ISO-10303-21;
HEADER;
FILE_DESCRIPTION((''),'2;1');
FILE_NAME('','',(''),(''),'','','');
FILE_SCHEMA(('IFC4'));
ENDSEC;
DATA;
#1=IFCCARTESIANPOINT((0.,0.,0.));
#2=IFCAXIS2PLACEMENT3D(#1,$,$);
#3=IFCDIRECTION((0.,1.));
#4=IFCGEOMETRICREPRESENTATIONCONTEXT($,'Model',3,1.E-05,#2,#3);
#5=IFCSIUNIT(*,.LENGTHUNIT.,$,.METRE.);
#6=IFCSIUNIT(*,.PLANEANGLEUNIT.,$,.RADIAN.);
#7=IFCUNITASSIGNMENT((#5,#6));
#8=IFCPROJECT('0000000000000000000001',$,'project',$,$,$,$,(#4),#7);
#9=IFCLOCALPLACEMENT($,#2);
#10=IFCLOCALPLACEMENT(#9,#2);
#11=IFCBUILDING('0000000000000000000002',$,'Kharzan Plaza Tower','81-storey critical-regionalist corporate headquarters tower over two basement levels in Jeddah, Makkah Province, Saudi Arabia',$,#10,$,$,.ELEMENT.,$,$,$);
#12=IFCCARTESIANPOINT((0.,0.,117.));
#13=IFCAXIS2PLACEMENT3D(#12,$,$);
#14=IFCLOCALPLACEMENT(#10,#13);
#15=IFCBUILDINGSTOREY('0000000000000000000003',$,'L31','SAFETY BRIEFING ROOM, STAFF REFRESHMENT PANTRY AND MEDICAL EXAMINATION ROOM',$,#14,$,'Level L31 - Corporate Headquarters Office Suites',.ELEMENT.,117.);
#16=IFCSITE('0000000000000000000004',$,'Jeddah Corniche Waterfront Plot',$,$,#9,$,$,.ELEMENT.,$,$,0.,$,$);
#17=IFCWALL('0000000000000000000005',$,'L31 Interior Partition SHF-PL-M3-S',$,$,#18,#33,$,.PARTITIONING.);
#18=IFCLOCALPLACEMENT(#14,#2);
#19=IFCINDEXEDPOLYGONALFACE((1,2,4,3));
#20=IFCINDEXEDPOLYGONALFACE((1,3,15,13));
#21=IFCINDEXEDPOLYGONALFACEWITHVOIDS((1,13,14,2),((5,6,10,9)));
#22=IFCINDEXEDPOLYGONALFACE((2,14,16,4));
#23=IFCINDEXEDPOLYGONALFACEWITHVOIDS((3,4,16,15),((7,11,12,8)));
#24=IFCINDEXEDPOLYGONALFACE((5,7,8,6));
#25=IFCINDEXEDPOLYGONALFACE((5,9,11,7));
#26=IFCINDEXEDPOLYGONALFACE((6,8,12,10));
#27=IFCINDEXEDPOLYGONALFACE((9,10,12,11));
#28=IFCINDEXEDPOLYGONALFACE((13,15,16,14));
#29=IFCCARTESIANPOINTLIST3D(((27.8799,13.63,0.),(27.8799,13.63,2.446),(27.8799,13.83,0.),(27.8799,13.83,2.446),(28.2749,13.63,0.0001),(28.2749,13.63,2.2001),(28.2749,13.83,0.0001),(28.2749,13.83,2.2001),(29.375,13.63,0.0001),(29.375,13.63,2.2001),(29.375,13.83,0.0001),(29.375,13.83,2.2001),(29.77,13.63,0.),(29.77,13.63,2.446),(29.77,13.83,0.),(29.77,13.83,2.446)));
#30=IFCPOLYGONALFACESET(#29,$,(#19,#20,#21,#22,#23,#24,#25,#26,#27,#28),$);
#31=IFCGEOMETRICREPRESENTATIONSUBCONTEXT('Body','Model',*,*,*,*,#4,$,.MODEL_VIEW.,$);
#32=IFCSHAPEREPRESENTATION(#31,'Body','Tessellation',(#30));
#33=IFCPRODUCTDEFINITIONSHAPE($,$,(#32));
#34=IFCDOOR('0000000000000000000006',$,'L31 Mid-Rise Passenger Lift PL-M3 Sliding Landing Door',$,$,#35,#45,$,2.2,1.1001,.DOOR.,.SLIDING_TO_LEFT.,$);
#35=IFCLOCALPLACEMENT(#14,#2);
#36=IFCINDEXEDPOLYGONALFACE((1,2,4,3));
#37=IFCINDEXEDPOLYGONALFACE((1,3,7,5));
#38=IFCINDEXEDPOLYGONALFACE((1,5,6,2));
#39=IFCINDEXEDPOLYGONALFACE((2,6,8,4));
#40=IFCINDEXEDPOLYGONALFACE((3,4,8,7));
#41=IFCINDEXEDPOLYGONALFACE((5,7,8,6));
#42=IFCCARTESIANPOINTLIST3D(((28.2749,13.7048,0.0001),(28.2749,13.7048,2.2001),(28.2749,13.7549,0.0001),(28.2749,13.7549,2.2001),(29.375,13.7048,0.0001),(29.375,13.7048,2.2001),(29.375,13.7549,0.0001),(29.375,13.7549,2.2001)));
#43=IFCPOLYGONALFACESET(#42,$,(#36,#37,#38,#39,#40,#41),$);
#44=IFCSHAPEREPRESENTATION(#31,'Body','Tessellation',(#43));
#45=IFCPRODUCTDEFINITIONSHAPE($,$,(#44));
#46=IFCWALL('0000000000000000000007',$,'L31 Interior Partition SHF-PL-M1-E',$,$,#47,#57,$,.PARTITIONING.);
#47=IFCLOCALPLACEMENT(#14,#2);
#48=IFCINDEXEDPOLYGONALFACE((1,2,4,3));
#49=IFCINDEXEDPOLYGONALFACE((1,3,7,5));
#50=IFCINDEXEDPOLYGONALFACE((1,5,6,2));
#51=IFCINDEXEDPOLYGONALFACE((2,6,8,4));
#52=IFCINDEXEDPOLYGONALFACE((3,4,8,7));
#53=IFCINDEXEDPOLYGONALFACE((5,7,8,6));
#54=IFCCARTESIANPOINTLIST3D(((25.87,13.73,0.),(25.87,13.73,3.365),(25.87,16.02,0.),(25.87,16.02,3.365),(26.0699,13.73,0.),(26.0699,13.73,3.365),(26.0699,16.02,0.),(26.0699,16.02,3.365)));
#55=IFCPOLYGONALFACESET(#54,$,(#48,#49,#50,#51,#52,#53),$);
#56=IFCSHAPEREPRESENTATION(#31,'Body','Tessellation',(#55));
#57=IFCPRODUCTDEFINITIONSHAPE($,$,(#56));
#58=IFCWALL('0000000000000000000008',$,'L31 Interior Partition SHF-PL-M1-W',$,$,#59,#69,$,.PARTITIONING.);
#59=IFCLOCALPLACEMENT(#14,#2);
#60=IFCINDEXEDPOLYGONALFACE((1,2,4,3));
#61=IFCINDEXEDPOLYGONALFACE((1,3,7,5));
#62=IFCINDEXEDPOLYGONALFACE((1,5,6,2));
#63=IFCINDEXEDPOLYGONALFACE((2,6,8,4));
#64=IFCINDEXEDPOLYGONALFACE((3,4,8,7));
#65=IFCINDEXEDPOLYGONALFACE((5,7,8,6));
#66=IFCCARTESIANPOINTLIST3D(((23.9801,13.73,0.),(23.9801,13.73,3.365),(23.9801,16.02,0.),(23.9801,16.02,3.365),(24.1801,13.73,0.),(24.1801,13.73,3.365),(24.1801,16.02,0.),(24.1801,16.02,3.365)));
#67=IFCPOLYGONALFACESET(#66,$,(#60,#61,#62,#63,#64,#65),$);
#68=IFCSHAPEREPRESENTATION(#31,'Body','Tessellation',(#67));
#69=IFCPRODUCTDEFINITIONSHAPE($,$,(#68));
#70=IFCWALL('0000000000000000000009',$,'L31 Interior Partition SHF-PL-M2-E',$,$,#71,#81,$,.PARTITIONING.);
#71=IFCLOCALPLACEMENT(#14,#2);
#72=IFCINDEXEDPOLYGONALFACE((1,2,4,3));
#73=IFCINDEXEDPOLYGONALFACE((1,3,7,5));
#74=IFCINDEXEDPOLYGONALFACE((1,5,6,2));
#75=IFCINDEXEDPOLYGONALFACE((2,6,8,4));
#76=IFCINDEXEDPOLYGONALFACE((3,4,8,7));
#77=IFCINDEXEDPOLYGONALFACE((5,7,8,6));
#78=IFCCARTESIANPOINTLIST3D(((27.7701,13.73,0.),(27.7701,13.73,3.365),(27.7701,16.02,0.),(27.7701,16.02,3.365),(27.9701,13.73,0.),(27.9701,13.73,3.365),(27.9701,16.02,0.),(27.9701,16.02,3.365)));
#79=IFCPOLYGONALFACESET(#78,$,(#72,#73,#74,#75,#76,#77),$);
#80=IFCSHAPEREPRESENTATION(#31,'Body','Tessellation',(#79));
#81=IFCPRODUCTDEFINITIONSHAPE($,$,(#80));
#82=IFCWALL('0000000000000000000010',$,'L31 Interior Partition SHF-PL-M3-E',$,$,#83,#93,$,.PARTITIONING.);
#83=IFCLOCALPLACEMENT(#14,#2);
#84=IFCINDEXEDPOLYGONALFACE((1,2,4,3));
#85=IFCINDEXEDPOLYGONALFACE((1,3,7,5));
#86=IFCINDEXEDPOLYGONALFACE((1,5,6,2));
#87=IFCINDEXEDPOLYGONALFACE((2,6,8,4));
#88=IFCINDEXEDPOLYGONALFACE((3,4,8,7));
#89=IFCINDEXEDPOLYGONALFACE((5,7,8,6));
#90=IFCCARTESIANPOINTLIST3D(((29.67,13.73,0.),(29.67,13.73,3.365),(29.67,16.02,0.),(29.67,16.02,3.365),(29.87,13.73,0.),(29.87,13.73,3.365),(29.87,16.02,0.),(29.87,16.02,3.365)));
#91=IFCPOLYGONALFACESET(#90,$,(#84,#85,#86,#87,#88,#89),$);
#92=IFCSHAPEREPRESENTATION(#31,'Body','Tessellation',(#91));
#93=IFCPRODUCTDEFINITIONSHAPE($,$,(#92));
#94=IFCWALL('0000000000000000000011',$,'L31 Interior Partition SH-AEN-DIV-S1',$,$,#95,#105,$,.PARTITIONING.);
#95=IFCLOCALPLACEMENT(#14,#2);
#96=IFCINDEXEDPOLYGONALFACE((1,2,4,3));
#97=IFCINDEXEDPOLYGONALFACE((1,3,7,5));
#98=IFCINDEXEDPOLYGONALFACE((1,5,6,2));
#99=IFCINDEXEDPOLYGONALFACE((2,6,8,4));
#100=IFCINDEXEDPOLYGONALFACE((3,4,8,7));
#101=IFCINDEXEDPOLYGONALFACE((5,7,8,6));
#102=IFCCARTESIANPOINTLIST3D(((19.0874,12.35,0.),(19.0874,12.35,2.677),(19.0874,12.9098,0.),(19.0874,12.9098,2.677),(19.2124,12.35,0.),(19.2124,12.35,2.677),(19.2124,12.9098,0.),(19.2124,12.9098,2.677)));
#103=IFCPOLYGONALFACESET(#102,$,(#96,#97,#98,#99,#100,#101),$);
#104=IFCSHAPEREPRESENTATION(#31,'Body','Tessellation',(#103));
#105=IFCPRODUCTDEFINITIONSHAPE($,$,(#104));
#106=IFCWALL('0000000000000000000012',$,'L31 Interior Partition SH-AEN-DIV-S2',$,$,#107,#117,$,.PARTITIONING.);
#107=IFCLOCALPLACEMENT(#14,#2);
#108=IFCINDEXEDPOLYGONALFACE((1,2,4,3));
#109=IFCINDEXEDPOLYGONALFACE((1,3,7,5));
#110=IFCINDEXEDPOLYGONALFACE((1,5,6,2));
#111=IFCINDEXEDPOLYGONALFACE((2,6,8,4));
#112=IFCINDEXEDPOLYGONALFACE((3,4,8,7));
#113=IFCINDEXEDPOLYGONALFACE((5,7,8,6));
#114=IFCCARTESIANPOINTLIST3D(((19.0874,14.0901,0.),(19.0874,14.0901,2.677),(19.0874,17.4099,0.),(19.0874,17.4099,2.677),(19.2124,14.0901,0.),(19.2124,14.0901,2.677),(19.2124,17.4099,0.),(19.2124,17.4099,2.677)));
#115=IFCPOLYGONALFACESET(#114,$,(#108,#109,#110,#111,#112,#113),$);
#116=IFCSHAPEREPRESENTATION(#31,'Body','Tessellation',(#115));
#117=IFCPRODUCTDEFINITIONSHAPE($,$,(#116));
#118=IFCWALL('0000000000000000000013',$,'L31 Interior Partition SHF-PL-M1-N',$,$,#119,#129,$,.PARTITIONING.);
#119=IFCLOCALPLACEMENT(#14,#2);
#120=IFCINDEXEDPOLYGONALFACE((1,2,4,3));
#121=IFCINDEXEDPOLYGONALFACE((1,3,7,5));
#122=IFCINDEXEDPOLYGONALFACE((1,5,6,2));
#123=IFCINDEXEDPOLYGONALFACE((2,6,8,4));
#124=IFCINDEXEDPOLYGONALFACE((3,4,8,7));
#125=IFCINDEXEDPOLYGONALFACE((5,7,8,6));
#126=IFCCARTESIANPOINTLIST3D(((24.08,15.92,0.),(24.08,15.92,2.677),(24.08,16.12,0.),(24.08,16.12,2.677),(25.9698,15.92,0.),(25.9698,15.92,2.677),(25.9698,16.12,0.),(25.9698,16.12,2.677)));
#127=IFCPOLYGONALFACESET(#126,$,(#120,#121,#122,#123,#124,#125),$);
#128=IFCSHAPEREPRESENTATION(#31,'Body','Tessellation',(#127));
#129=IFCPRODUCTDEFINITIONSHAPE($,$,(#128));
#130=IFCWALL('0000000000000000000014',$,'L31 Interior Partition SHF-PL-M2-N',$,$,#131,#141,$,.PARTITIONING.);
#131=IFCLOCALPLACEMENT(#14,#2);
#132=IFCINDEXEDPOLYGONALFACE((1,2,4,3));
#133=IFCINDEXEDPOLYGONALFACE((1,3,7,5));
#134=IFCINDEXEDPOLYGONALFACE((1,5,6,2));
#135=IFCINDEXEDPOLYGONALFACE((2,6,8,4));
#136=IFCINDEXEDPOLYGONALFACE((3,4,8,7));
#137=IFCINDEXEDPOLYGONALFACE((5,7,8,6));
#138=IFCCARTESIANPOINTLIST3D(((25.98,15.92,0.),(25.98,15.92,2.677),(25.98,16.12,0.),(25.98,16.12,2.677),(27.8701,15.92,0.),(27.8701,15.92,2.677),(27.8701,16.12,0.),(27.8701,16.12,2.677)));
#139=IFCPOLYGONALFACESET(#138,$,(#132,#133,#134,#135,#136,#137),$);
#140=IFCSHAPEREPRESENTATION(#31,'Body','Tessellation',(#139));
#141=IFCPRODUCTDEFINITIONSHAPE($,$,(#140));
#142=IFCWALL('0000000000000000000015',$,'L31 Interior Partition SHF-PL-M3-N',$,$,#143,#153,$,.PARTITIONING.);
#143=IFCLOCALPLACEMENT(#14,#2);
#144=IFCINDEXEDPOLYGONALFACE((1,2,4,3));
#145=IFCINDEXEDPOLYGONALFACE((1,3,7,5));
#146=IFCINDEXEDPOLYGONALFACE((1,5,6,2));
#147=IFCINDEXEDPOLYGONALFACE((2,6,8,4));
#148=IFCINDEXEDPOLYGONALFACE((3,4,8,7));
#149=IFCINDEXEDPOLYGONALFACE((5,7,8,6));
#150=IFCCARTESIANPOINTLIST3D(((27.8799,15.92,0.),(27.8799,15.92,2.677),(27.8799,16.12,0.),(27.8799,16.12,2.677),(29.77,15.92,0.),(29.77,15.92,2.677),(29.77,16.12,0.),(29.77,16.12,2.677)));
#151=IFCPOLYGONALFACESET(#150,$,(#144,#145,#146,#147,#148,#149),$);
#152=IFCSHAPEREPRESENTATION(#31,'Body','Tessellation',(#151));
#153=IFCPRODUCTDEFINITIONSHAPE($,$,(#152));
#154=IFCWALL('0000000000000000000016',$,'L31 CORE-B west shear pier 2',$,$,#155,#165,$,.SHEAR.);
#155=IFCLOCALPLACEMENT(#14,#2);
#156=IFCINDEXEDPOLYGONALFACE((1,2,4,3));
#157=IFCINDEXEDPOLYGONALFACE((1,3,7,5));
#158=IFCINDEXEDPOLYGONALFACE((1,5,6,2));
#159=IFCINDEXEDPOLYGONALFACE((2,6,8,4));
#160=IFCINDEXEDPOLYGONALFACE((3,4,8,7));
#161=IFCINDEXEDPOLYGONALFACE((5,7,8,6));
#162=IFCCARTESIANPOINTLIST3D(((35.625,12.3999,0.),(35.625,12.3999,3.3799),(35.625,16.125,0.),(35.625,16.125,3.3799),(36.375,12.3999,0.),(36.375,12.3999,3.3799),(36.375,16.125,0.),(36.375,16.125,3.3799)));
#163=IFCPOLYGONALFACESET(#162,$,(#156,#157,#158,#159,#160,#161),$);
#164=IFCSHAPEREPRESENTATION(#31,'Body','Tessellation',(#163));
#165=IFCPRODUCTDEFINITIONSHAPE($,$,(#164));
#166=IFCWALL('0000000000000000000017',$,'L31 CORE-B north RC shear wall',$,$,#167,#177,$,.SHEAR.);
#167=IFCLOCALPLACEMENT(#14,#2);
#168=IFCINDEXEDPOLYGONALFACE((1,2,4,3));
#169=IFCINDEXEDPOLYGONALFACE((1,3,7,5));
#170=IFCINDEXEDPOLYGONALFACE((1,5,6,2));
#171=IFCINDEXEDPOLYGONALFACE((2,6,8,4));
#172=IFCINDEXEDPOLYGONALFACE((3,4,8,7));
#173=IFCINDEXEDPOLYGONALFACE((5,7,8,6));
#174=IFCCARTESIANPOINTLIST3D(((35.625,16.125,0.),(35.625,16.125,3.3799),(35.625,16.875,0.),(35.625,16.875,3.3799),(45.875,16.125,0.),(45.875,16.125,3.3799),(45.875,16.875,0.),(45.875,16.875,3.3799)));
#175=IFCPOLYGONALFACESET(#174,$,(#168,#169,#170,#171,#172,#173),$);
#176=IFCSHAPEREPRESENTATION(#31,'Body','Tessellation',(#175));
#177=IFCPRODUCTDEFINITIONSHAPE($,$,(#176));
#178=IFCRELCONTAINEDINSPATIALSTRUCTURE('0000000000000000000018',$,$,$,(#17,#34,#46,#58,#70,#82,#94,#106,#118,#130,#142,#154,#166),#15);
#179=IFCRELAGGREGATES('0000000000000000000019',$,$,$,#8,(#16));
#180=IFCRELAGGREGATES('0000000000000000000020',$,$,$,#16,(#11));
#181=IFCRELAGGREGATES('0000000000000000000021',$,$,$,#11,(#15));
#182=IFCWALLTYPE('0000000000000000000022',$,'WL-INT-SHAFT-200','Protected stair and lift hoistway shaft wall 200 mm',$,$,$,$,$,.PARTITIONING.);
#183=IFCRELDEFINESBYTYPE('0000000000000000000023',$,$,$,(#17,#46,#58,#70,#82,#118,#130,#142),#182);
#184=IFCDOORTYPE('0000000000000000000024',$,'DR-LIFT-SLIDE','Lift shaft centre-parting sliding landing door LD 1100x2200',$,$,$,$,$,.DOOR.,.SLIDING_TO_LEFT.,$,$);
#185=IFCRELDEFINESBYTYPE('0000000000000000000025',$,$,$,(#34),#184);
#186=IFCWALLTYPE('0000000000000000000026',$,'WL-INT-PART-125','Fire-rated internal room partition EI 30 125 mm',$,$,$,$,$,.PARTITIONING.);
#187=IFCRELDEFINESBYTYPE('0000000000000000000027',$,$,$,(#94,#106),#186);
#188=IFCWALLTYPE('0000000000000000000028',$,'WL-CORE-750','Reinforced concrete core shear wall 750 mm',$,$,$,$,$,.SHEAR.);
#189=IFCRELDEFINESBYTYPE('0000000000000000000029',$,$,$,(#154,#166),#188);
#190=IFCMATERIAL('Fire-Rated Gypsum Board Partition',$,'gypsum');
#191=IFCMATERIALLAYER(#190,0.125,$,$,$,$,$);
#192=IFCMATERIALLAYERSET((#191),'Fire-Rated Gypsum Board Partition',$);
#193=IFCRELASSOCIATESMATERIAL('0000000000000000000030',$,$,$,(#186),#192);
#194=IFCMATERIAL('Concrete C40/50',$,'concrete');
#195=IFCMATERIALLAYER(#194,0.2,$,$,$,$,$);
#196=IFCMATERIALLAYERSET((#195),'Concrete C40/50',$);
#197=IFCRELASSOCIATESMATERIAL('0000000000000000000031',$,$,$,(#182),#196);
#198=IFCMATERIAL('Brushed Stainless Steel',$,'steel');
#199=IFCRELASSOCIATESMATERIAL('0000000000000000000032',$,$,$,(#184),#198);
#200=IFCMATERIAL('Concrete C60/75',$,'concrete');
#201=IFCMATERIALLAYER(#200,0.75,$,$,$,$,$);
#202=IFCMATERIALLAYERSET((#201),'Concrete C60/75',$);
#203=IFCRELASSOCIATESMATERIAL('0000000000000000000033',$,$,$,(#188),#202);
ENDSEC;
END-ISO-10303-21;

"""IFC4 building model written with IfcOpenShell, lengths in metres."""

from ifc_helpers import new_model, si_unit, direction, frame, frame_2d, origin, place, context, subcontext, project, spatial, rectangle, extrude, source, transform, mapped, material, layer, layer_set, type_object, element, fill, save


model = new_model("IFC4")

# Units and contexts
model_context = context("Model", 3, precision=1e-05, world=origin(), true_north=direction((0.0, 1.0)))
body_context = subcontext(model_context, "Body", "Model", "MODEL_VIEW")
ifc_project = project(units=[si_unit("LENGTHUNIT", "METRE"), si_unit("PLANEANGLEUNIT", "RADIAN")], contexts=[model_context])

# Site, building, storey
site_placement = place(None, origin())
site = spatial("IfcSite", under=ifc_project, at=site_placement, Name="Jeddah Corniche Waterfront Plot", CompositionType="ELEMENT", RefElevation=0.0)
building_placement = place(site_placement, origin())
building = spatial("IfcBuilding", under=site, at=building_placement, Name="Kharzan Plaza Tower", Description="81-storey critical-regionalist corporate headquarters tower over two basement levels in Jeddah, Makkah Province, Saudi Arabia", CompositionType="ELEMENT")
storey_placement = place(building_placement, frame((0.0, 0.0, 117.0)))
storey = spatial("IfcBuildingStorey", under=building, at=storey_placement, Name="L31", Description="SAFETY BRIEFING ROOM, STAFF REFRESHMENT PANTRY AND MEDICAL EXAMINATION ROOM", LongName="Level L31 - Corporate Headquarters Office Suites", CompositionType="ELEMENT", Elevation=117.0)

# Shared definitions
ifc_material_1 = material(Name="Concrete C60/75", Category="concrete")

# Wall, opening, door
ifc_material_2 = material(Name="Fire-Rated Gypsum Board Partition", Category="gypsum")
ifc_layer_1 = layer(ifc_material_2, 0.125)
ifc_layer_set_1 = layer_set([ifc_layer_1], Name="Fire-Rated Gypsum Board Partition")
wall_type_1 = type_object("IfcWallType", Name="WL-INT-PART-125", Description="Fire-rated internal room partition EI 30 125 mm", PredefinedType="PARTITIONING", material=ifc_layer_set_1)
ifc_material_3 = material(Name="Concrete C40/50", Category="concrete")
ifc_layer_2 = layer(ifc_material_3, 0.2)
ifc_layer_set_2 = layer_set([ifc_layer_2], Name="Concrete C40/50")
wall_type_2 = type_object("IfcWallType", Name="WL-INT-SHAFT-200", Description="Protected stair and lift hoistway shaft wall 200 mm", PredefinedType="PARTITIONING", material=ifc_layer_set_2)
ifc_material_4 = material(Name="Brushed Stainless Steel", Category="steel")
door_type_1 = type_object("IfcDoorType", Name="DR-LIFT-SLIDE", Description="Lift shaft centre-parting sliding landing door LD 1100x2200", OperationType="SLIDING_TO_LEFT", PredefinedType="DOOR", material=ifc_material_4)
shared_shape_1 = source(origin(), body_context, "Body", "SweptSolid", [
    extrude(rectangle(XDim=1.1001, YDim=2.2, at=frame_2d((0.55, 1.1001))), frame((0.0, 0.0249, 0.0), z_axis=(0.0, -1.0, 0.0), x_axis=(1.0, 0.0, 0.0)), (0.0, 0.0, 1.0), 0.05),
])
wall_1_placement = place(storey_placement, frame((27.8799, 13.73, 0.0), z_axis=(0.0, 0.0, 1.0), x_axis=(1.0, 0.0, 0.0)))
wall_1 = element("IfcWall", 1, at=wall_1_placement, inside=storey, type_object=wall_type_2, Name="L31 Interior Partition SHF-PL-M3-S", PredefinedType="PARTITIONING", context=body_context, shape_type="SweptSolid", body=[
    extrude(rectangle(XDim=1.8901, YDim=0.2, at=frame_2d((0.9451, 0.0))), origin(), (0.0, 0.0, 1.0), 2.446),
])
opening_1_placement = place(wall_1_placement, frame((0.395, 0.0, 0.0)))
opening_1 = element("IfcOpeningElement", 2, at=opening_1_placement, cuts=wall_1, PredefinedType="OPENING", context=body_context, shape_type="SweptSolid", body=[
    extrude(rectangle(XDim=1.1001, YDim=2.2, at=frame_2d((0.55, 1.1001))), frame((0.0, 0.1099, 0.0), z_axis=(0.0, -1.0, 0.0), x_axis=(1.0, 0.0, 0.0)), (0.0, 0.0, 1.0), 0.22),
])
door_1_placement = place(opening_1_placement, origin())
door_1 = element("IfcDoor", 3, at=door_1_placement, inside=storey, type_object=door_type_1, Name="L31 Mid-Rise Passenger Lift PL-M3 Sliding Landing Door", OperationType="SLIDING_TO_LEFT", OverallHeight=2.2, OverallWidth=1.1001, PredefinedType="DOOR", context=body_context, shape_type="MappedRepresentation", body=[
    mapped(shared_shape_1, transform((0.0, 0.0, 0.0), x_axis=(1.0, 0.0, 0.0), y_axis=(0.0, 1.0, 0.0), z_axis=(0.0, 0.0, 1.0))),
])
fill(opening_1, door_1)

# Walls
shared_shape_2 = source(origin(), body_context, "Body", "SweptSolid", [
    extrude(rectangle(XDim=2.29, YDim=0.2, at=frame_2d((1.145, 0.0))), origin(), (0.0, 0.0, 1.0), 3.365),
])
for number, where, z_axis, x_axis, name in (
    (4, (25.97, 13.73, 0.0), (0.0, 0.0, 1.0), (0.0, 1.0, 0.0), "L31 Interior Partition SHF-PL-M1-E"),
    (5, (24.0801, 13.73, 0.0), (0.0, 0.0, 1.0), (0.0, 1.0, 0.0), "L31 Interior Partition SHF-PL-M1-W"),
    (6, (27.8701, 13.73, 0.0), (0.0, 0.0, 1.0), (0.0, 1.0, 0.0), "L31 Interior Partition SHF-PL-M2-E"),
    (7, (29.77, 13.73, 0.0), (0.0, 0.0, 1.0), (0.0, 1.0, 0.0), "L31 Interior Partition SHF-PL-M3-E"),
):
    element("IfcWall", number, at=place(storey_placement, frame(where, z_axis=z_axis, x_axis=x_axis)), inside=storey, type_object=wall_type_2, Name=name, PredefinedType="PARTITIONING", context=body_context, shape_type="MappedRepresentation", body=[
        mapped(shared_shape_2, transform((0.0, 0.0, 0.0), x_axis=(1.0, 0.0, 0.0), y_axis=(0.0, 1.0, 0.0), z_axis=(0.0, 0.0, 1.0))),
    ])
shared_shape_3 = source(origin(), body_context, "Body", "SweptSolid", [
    extrude(rectangle(XDim=0.5598, YDim=0.125, at=frame_2d((0.2798, 0.0))), origin(), (0.0, 0.0, 1.0), 2.677),
])
wall_2_placement = place(storey_placement, frame((19.1499, 12.3501, 0.0), z_axis=(0.0, 0.0, 1.0), x_axis=(0.0, 1.0, 0.0)))
element("IfcWall", 8, at=wall_2_placement, inside=storey, type_object=wall_type_1, Name="L31 Interior Partition SH-AEN-DIV-S1", PredefinedType="PARTITIONING", context=body_context, shape_type="MappedRepresentation", body=[
    mapped(shared_shape_3, transform((0.0, 0.0, 0.0), x_axis=(1.0, 0.0, 0.0), y_axis=(0.0, 1.0, 0.0), z_axis=(0.0, 0.0, 1.0))),
])
shared_shape_4 = source(origin(), body_context, "Body", "SweptSolid", [
    extrude(rectangle(XDim=3.3198, YDim=0.125, at=frame_2d((1.6599, 0.0))), origin(), (0.0, 0.0, 1.0), 2.677),
])
wall_3_placement = place(storey_placement, frame((19.1499, 14.0901, 0.0), z_axis=(0.0, 0.0, 1.0), x_axis=(0.0, 1.0, 0.0)))
element("IfcWall", 9, at=wall_3_placement, inside=storey, type_object=wall_type_1, Name="L31 Interior Partition SH-AEN-DIV-S2", PredefinedType="PARTITIONING", context=body_context, shape_type="MappedRepresentation", body=[
    mapped(shared_shape_4, transform((0.0, 0.0, 0.0), x_axis=(1.0, 0.0, 0.0), y_axis=(0.0, 1.0, 0.0), z_axis=(0.0, 0.0, 1.0))),
])
shared_shape_5 = source(origin(), body_context, "Body", "SweptSolid", [
    extrude(rectangle(XDim=1.8899, YDim=0.2, at=frame_2d((0.9448, 0.0))), origin(), (0.0, 0.0, 1.0), 2.677),
])
wall_4_placement = place(storey_placement, frame((24.0801, 16.02, 0.0), z_axis=(0.0, 0.0, 1.0), x_axis=(1.0, 0.0, 0.0)))
element("IfcWall", 10, at=wall_4_placement, inside=storey, type_object=wall_type_2, Name="L31 Interior Partition SHF-PL-M1-N", PredefinedType="PARTITIONING", context=body_context, shape_type="MappedRepresentation", body=[
    mapped(shared_shape_5, transform((0.0, 0.0, 0.0), x_axis=(1.0, 0.0, 0.0), y_axis=(0.0, 1.0, 0.0), z_axis=(0.0, 0.0, 1.0))),
])
shared_shape_6 = source(origin(), body_context, "Body", "SweptSolid", [
    extrude(rectangle(XDim=1.8901, YDim=0.2, at=frame_2d((0.9451, 0.0))), origin(), (0.0, 0.0, 1.0), 2.677),
])
for number, where, z_axis, x_axis, name in (
    (11, (25.98, 16.02, 0.0), (0.0, 0.0, 1.0), (1.0, 0.0, 0.0), "L31 Interior Partition SHF-PL-M2-N"),
    (12, (27.8799, 16.02, 0.0), (0.0, 0.0, 1.0), (1.0, 0.0, 0.0), "L31 Interior Partition SHF-PL-M3-N"),
):
    element("IfcWall", number, at=place(storey_placement, frame(where, z_axis=z_axis, x_axis=x_axis)), inside=storey, type_object=wall_type_2, Name=name, PredefinedType="PARTITIONING", context=body_context, shape_type="MappedRepresentation", body=[
        mapped(shared_shape_6, transform((0.0, 0.0, 0.0), x_axis=(1.0, 0.0, 0.0), y_axis=(0.0, 1.0, 0.0), z_axis=(0.0, 0.0, 1.0))),
    ])
ifc_layer_3 = layer(ifc_material_1, 0.75)
ifc_layer_set_3 = layer_set([ifc_layer_3], Name="Concrete C60/75")
wall_type_3 = type_object("IfcWallType", Name="WL-CORE-750", Description="Reinforced concrete core shear wall 750 mm", PredefinedType="SHEAR", material=ifc_layer_set_3)
shared_shape_7 = source(origin(), body_context, "Body", "SweptSolid", [
    extrude(rectangle(XDim=3.7251, YDim=0.75, at=frame_2d((1.8625, 0.0))), origin(), (0.0, 0.0, 1.0), 3.3799),
])
wall_5_placement = place(storey_placement, frame((36.0, 12.3999, 0.0), z_axis=(0.0, 0.0, 1.0), x_axis=(0.0, 1.0, 0.0)))
element("IfcWall", 13, at=wall_5_placement, inside=storey, type_object=wall_type_3, Name="L31 CORE-B west shear pier 2", PredefinedType="SHEAR", context=body_context, shape_type="MappedRepresentation", body=[
    mapped(shared_shape_7, transform((0.0, 0.0, 0.0), x_axis=(1.0, 0.0, 0.0), y_axis=(0.0, 1.0, 0.0), z_axis=(0.0, 0.0, 1.0))),
])
shared_shape_8 = source(origin(), body_context, "Body", "SweptSolid", [
    extrude(rectangle(XDim=10.25, YDim=0.75, at=frame_2d((5.125, 0.0))), origin(), (0.0, 0.0, 1.0), 3.3799),
])
wall_6_placement = place(storey_placement, frame((35.625, 16.5, 0.0), z_axis=(0.0, 0.0, 1.0), x_axis=(1.0, 0.0, 0.0)))
element("IfcWall", 14, at=wall_6_placement, inside=storey, type_object=wall_type_3, Name="L31 CORE-B north RC shear wall", PredefinedType="SHEAR", context=body_context, shape_type="MappedRepresentation", body=[
    mapped(shared_shape_8, transform((0.0, 0.0, 0.0), x_axis=(1.0, 0.0, 0.0), y_axis=(0.0, 1.0, 0.0), z_axis=(0.0, 0.0, 1.0))),
])

save(model, "model.ifc")
